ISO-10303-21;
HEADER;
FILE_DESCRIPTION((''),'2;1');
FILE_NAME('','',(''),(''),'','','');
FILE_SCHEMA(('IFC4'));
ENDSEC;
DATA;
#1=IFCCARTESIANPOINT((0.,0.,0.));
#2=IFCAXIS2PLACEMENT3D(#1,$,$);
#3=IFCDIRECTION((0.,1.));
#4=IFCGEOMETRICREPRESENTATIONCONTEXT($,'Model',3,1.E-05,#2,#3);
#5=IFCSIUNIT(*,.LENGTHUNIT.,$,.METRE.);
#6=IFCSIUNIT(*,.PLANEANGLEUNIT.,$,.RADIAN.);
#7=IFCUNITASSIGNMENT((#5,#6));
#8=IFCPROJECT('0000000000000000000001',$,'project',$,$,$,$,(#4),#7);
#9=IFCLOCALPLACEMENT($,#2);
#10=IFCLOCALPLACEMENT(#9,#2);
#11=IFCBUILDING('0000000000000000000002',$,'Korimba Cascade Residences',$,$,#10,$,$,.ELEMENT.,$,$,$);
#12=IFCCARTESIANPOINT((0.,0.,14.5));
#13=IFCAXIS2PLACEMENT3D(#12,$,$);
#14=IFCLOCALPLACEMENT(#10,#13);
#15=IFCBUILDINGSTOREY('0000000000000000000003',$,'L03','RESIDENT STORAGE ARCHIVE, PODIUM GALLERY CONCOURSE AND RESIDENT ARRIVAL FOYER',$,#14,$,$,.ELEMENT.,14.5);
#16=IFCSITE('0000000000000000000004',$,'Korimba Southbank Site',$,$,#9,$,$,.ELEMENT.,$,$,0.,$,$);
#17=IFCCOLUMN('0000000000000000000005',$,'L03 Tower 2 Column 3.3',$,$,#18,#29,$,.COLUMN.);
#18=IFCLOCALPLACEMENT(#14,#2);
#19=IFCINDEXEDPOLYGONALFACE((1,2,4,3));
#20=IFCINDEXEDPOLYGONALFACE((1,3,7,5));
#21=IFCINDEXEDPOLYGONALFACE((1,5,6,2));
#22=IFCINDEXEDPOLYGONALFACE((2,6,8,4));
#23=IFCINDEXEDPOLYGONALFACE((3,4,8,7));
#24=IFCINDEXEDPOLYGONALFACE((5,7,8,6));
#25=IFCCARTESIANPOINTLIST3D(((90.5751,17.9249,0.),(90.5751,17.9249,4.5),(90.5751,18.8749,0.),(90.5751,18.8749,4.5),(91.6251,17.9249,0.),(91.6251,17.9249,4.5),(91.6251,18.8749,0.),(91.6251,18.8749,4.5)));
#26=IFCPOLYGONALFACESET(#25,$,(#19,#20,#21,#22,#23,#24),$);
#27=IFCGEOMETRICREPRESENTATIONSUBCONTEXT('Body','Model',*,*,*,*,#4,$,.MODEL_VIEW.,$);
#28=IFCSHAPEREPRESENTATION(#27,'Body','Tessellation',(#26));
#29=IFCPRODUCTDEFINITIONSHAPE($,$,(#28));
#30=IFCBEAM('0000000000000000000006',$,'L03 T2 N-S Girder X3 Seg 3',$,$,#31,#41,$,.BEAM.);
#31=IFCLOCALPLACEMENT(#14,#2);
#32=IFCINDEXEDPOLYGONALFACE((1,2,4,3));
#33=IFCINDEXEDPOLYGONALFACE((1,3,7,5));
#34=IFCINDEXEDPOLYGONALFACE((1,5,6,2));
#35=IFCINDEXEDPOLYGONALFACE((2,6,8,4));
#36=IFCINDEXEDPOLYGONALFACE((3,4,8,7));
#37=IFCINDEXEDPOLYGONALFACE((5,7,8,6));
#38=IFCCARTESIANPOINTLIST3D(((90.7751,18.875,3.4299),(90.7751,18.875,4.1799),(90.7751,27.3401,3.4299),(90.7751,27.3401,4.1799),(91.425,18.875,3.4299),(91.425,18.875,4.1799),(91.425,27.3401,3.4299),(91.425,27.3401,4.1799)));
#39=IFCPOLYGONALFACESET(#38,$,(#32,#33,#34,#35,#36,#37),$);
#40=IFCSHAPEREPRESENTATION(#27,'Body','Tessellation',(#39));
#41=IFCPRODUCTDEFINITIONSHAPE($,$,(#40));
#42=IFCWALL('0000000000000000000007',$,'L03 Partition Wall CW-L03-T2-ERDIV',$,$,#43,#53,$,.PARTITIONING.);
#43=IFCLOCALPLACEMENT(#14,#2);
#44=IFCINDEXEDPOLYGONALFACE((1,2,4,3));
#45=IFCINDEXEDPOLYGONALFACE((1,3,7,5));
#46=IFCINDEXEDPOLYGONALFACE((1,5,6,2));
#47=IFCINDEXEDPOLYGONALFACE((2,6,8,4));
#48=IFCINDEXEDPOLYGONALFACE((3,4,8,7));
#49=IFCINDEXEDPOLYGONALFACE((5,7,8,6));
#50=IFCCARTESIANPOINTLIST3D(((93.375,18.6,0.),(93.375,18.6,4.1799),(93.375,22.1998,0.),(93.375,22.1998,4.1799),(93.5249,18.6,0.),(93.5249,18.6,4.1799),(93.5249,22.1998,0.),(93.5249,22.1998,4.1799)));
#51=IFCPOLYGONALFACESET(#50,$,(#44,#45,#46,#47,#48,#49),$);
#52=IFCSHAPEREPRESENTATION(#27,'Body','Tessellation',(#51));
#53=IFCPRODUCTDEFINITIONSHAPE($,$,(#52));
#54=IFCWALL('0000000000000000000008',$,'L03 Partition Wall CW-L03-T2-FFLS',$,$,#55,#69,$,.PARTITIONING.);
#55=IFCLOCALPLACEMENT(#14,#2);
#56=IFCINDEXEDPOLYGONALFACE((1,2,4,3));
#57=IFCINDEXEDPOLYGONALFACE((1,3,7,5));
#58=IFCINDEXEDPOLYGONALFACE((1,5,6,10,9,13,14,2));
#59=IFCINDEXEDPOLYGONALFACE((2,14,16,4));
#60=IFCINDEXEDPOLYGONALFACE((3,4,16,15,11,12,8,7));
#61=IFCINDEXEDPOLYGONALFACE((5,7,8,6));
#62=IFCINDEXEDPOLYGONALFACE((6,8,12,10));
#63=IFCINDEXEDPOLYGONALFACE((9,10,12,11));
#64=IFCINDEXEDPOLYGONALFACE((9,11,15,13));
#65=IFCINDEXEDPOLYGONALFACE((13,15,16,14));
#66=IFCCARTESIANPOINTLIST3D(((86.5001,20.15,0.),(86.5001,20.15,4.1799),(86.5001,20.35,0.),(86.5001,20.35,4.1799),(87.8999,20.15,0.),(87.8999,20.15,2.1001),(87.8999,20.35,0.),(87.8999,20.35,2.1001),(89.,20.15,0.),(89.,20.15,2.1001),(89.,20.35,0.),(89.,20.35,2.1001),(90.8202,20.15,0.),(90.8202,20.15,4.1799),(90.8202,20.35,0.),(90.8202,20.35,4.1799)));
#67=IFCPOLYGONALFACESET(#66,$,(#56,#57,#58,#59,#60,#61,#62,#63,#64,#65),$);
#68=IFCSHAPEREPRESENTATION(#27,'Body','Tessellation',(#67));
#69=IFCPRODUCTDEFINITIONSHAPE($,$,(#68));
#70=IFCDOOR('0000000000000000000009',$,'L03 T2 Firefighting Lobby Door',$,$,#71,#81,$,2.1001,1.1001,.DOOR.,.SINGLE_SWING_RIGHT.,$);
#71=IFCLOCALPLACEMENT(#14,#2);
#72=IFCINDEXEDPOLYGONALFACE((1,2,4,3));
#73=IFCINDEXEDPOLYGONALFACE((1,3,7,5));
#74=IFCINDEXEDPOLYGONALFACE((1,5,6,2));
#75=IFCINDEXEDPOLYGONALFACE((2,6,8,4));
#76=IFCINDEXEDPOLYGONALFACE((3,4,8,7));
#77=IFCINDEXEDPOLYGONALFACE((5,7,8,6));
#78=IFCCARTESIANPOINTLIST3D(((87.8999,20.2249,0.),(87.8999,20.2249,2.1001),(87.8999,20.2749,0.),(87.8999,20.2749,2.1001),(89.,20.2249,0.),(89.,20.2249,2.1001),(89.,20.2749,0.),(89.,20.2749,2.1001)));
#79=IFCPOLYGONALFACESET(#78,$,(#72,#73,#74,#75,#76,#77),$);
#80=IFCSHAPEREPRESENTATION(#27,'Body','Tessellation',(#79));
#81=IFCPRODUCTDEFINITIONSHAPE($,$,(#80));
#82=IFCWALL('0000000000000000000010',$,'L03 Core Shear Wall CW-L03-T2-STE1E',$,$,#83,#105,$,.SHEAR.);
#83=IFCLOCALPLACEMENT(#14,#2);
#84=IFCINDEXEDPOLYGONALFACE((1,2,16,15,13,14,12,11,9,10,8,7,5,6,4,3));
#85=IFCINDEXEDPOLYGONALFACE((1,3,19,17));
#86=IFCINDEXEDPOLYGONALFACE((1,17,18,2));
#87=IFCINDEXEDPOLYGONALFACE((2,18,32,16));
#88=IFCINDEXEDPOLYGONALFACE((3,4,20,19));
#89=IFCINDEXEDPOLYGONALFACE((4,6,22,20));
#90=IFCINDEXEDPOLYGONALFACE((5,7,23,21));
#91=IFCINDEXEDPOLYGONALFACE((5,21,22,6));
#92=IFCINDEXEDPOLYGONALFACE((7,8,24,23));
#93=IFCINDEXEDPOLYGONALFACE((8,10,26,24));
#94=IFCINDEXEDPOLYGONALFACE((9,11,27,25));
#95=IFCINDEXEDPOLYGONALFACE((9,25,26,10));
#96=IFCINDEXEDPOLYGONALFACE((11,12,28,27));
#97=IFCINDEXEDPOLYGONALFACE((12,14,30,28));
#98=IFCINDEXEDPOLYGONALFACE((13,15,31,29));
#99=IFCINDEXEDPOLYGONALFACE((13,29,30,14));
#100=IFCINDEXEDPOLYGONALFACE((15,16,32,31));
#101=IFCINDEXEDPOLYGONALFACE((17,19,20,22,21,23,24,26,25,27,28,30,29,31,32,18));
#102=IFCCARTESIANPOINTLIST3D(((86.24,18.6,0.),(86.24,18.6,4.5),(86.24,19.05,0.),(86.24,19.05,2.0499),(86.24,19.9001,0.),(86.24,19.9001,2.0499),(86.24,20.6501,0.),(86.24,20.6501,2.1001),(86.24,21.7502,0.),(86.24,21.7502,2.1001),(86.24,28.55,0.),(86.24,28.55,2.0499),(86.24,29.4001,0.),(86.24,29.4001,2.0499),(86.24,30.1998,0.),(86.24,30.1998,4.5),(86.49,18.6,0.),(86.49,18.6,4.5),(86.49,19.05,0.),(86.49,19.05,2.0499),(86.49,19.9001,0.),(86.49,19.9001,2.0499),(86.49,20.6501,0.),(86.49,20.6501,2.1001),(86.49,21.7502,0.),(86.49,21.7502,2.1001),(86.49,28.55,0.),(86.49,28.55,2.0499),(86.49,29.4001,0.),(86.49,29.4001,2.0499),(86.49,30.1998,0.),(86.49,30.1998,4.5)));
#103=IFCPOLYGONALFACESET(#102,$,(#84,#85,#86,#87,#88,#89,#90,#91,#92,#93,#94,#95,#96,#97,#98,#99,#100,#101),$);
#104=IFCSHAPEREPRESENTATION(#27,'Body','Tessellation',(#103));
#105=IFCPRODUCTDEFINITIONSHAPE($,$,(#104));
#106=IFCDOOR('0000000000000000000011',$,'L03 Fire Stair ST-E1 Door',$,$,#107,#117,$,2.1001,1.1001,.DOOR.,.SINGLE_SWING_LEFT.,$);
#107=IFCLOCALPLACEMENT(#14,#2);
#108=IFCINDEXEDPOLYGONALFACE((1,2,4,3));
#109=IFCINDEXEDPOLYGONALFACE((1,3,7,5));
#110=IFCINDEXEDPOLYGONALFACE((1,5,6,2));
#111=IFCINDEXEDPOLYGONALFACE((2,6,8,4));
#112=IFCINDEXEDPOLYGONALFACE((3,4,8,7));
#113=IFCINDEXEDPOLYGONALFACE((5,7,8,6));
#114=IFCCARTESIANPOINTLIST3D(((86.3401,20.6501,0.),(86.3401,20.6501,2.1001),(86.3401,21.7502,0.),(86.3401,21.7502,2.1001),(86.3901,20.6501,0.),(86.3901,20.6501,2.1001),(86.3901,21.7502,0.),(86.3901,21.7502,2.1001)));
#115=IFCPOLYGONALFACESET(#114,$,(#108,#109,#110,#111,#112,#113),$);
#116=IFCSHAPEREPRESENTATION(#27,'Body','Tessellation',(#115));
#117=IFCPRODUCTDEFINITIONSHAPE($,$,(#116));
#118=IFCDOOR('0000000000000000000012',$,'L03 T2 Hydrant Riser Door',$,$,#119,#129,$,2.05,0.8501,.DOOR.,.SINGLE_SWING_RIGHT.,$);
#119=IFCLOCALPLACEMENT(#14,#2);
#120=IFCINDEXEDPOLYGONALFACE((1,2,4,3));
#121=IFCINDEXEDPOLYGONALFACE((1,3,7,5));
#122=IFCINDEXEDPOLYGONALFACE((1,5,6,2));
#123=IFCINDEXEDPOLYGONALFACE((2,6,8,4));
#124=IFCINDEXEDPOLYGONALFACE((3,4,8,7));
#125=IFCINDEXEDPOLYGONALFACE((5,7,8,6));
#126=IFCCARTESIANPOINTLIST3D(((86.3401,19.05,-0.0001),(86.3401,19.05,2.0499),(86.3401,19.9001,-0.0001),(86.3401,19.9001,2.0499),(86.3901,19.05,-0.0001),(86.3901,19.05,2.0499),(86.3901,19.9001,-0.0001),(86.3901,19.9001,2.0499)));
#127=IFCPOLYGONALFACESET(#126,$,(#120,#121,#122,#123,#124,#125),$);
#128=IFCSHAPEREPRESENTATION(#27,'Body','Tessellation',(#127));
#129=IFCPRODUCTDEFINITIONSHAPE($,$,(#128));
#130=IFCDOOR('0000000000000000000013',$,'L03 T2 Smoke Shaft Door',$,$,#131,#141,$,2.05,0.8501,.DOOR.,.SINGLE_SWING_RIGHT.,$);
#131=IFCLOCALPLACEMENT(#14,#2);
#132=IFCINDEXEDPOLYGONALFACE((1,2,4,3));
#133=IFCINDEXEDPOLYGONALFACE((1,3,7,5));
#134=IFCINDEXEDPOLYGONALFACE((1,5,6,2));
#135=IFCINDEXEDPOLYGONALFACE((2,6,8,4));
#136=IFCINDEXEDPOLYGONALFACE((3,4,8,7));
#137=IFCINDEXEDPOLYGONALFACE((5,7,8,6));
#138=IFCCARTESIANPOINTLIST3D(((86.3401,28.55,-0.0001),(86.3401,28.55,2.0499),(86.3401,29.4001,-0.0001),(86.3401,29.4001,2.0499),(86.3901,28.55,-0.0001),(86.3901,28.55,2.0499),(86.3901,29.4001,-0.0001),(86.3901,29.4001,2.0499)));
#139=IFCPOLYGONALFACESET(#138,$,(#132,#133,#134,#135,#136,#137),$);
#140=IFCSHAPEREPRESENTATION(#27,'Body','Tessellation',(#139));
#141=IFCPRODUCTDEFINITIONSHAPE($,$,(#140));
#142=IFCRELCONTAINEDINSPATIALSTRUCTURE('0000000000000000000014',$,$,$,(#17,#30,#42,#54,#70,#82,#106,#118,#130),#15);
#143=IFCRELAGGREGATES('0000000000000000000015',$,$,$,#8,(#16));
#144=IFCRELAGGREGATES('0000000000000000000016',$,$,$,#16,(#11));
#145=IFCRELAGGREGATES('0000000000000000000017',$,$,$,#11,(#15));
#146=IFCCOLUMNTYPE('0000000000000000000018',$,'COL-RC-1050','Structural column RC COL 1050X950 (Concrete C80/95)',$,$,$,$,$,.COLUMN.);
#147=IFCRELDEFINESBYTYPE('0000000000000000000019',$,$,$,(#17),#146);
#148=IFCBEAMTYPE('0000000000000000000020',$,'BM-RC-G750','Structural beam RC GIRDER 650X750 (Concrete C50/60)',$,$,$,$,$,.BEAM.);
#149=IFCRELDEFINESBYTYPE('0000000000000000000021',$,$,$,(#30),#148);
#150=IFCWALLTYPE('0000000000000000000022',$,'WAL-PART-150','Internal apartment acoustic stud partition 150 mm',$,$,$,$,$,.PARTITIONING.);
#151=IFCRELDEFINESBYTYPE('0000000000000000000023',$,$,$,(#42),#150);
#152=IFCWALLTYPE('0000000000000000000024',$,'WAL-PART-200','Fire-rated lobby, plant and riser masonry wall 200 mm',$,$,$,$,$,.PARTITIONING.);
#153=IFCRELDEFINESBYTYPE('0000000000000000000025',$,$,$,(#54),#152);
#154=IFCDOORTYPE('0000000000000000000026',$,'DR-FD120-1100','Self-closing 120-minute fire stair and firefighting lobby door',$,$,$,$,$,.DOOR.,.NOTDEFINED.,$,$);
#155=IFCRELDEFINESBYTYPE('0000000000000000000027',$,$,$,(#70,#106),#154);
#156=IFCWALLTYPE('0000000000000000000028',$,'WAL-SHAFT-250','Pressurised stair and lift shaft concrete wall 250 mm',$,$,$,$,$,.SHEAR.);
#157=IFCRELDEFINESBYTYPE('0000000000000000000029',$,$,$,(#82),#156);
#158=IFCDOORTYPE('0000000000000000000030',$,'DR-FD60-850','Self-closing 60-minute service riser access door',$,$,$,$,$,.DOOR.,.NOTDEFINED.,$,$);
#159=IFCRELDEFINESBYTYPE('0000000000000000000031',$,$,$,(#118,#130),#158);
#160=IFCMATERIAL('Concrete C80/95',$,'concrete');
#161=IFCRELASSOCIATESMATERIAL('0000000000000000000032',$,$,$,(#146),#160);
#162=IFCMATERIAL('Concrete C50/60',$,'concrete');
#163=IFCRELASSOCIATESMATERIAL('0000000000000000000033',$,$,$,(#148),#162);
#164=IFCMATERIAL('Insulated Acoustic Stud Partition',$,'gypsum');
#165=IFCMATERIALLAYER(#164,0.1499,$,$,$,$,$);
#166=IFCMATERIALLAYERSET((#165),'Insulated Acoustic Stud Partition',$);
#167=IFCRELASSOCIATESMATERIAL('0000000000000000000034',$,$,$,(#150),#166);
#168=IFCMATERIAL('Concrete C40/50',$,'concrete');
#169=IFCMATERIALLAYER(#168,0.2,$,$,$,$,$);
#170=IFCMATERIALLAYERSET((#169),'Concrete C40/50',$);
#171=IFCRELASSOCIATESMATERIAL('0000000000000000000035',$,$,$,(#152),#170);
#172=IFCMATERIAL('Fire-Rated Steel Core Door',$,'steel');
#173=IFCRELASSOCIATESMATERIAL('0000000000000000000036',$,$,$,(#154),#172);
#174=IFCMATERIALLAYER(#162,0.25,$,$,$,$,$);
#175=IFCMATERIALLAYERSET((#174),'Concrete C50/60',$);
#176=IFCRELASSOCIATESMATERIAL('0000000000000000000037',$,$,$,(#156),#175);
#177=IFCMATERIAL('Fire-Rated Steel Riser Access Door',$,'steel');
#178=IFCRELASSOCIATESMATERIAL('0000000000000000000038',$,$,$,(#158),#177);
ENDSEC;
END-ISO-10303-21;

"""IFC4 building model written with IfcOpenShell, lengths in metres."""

from ifc_helpers import new_model, si_unit, direction, frame, frame_2d, origin, origin_2d, place, context, subcontext, project, spatial, rectangle, extrude, material, layer, layer_set, material_profile, profile_set, type_object, element, fill, save


model = new_model("IFC4")

# Units and contexts
model_context = context("Model", 3, precision=1e-05, world=origin(), true_north=direction((0.0, 1.0)))
body_context = subcontext(model_context, "Body", "Model", "MODEL_VIEW")
ifc_project = project(units=[si_unit("LENGTHUNIT", "METRE"), si_unit("PLANEANGLEUNIT", "RADIAN")], contexts=[model_context])

# Site, building, storey
site_placement = place(None, origin())
site = spatial("IfcSite", under=ifc_project, at=site_placement, Name="Korimba Southbank Site", CompositionType="ELEMENT", RefElevation=0.0)
building_placement = place(site_placement, origin())
building = spatial("IfcBuilding", under=site, at=building_placement, Name="Korimba Cascade Residences", CompositionType="ELEMENT")
storey_placement = place(building_placement, frame((0.0, 0.0, 14.5)))
storey = spatial("IfcBuildingStorey", under=building, at=storey_placement, Name="L03", Description="RESIDENT STORAGE ARCHIVE, PODIUM GALLERY CONCOURSE AND RESIDENT ARRIVAL FOYER", CompositionType="ELEMENT", Elevation=14.5)

# Column
ifc_material_1 = material(Name="Concrete C80/95", Category="concrete")
ifc_material_profile_1 = material_profile(ifc_material_1, rectangle(XDim=1.05, YDim=0.95, at=origin_2d()), Name="Concrete C80/95")
ifc_profile_set_1 = profile_set([ifc_material_profile_1], Name="Concrete C80/95")
column_type = type_object("IfcColumnType", Name="COL-RC-1050", Description="Structural column RC COL 1050X950 (Concrete C80/95)", PredefinedType="COLUMN", material=ifc_profile_set_1)
column_placement = place(storey_placement, frame((91.1001, 18.3999, 0.0), z_axis=(0.0, 0.0, 1.0), x_axis=(1.0, 0.0, 0.0)))
element("IfcColumn", 1, at=column_placement, inside=storey, type_object=column_type, Name="L03 Tower 2 Column 3.3", PredefinedType="COLUMN", context=body_context, shape_type="SweptSolid", body=[
    extrude(rectangle(XDim=1.05, YDim=0.95, at=origin_2d()), origin(), (0.0, 0.0, 1.0), 4.5),
])

# Beam
ifc_material_2 = material(Name="Concrete C50/60", Category="concrete")
ifc_material_profile_2 = material_profile(ifc_material_2, rectangle(XDim=0.6499, YDim=0.75, at=origin_2d()), Name="Concrete C50/60")
ifc_profile_set_2 = profile_set([ifc_material_profile_2], Name="Concrete C50/60")
beam_type = type_object("IfcBeamType", Name="BM-RC-G750", Description="Structural beam RC GIRDER 650X750 (Concrete C50/60)", PredefinedType="BEAM", material=ifc_profile_set_2)
beam_placement = place(storey_placement, frame((91.1001, 18.875, 3.8049), z_axis=(0.0, 1.0, 0.0), x_axis=(-1.0, 0.0, 0.0)))
element("IfcBeam", 2, at=beam_placement, inside=storey, type_object=beam_type, Name="L03 T2 N-S Girder X3 Seg 3", PredefinedType="BEAM", context=body_context, shape_type="SweptSolid", body=[
    extrude(rectangle(XDim=0.6499, YDim=0.75, at=origin_2d()), origin(), (0.0, 0.0, 1.0), 8.4651),
])

# Wall
ifc_material_3 = material(Name="Insulated Acoustic Stud Partition", Category="gypsum")
ifc_layer_1 = layer(ifc_material_3, 0.1499)
ifc_layer_set_1 = layer_set([ifc_layer_1], Name="Insulated Acoustic Stud Partition")
wall_type_1 = type_object("IfcWallType", Name="WAL-PART-150", Description="Internal apartment acoustic stud partition 150 mm", PredefinedType="PARTITIONING", material=ifc_layer_set_1)
wall_1_placement = place(storey_placement, frame((93.45, 18.6001, 0.0), z_axis=(0.0, 0.0, 1.0), x_axis=(0.0, 1.0, 0.0)))
element("IfcWall", 3, at=wall_1_placement, inside=storey, type_object=wall_type_1, Name="L03 Partition Wall CW-L03-T2-ERDIV", PredefinedType="PARTITIONING", context=body_context, shape_type="SweptSolid", body=[
    extrude(rectangle(XDim=3.5999, YDim=0.1499, at=frame_2d((1.7998, 0.0))), origin(), (0.0, 0.0, 1.0), 4.1799),
])

# Wall, opening, door
ifc_material_4 = material(Name="Concrete C40/50", Category="concrete")
ifc_layer_2 = layer(ifc_material_4, 0.2)
ifc_layer_set_2 = layer_set([ifc_layer_2], Name="Concrete C40/50")
wall_type_2 = type_object("IfcWallType", Name="WAL-PART-200", Description="Fire-rated lobby, plant and riser masonry wall 200 mm", PredefinedType="PARTITIONING", material=ifc_layer_set_2)
wall_2_placement = place(storey_placement, frame((86.5, 20.25, 0.0), z_axis=(0.0, 0.0, 1.0), x_axis=(1.0, 0.0, 0.0)))
wall_2 = element("IfcWall", 4, at=wall_2_placement, inside=storey, type_object=wall_type_2, Name="L03 Partition Wall CW-L03-T2-FFLS", PredefinedType="PARTITIONING", context=body_context, shape_type="SweptSolid", body=[
    extrude(rectangle(XDim=4.3201, YDim=0.2, at=frame_2d((2.1602, 0.0))), origin(), (0.0, 0.0, 1.0), 4.1799),
])
opening_1_placement = place(wall_2_placement, frame((1.3999, 0.0, 0.0)))
opening_1 = element("IfcOpeningElement", 5, at=opening_1_placement, cuts=wall_2, PredefinedType="OPENING", context=body_context, shape_type="SweptSolid", body=[
    extrude(rectangle(XDim=1.1001, YDim=2.1001, at=frame_2d((0.55, 1.05))), frame((0.0, 0.1099, 0.0), z_axis=(0.0, -1.0, 0.0), x_axis=(1.0, 0.0, 0.0)), (0.0, 0.0, 1.0), 0.22),
])
ifc_material_5 = material(Name="Fire-Rated Steel Core Door", Category="steel")
door_type_1 = type_object("IfcDoorType", Name="DR-FD120-1100", Description="Self-closing 120-minute fire stair and firefighting lobby door", OperationType="NOTDEFINED", PredefinedType="DOOR", material=ifc_material_5)
door_1_placement = place(opening_1_placement, origin())
door_1 = element("IfcDoor", 6, at=door_1_placement, inside=storey, type_object=door_type_1, Name="L03 T2 Firefighting Lobby Door", OperationType="SINGLE_SWING_RIGHT", OverallHeight=2.1001, OverallWidth=1.1001, PredefinedType="DOOR", context=body_context, shape_type="SweptSolid", body=[
    extrude(rectangle(XDim=1.1001, YDim=2.1001, at=frame_2d((0.55, 1.05))), frame((0.0, 0.0249, 0.0), z_axis=(0.0, -1.0, 0.0), x_axis=(1.0, 0.0, 0.0)), (0.0, 0.0, 1.0), 0.05),
])
fill(opening_1, door_1)

# Wall, openings, doors
ifc_layer_3 = layer(ifc_material_2, 0.25)
ifc_layer_set_3 = layer_set([ifc_layer_3], Name="Concrete C50/60")
wall_type_3 = type_object("IfcWallType", Name="WAL-SHAFT-250", Description="Pressurised stair and lift shaft concrete wall 250 mm", PredefinedType="SHEAR", material=ifc_layer_set_3)
wall_3_placement = place(storey_placement, frame((86.365, 18.6001, 0.0), z_axis=(0.0, 0.0, 1.0), x_axis=(0.0, 1.0, 0.0)))
wall_3 = element("IfcWall", 7, at=wall_3_placement, inside=storey, type_object=wall_type_3, Name="L03 Core Shear Wall CW-L03-T2-STE1E", PredefinedType="SHEAR", context=body_context, shape_type="SweptSolid", body=[
    extrude(rectangle(XDim=11.5999, YDim=0.25, at=frame_2d((5.7998, 0.0))), origin(), (0.0, 0.0, 1.0), 4.5),
])
opening_2_placement = place(wall_3_placement, frame((0.45, 0.0, 0.0)))
opening_2 = element("IfcOpeningElement", 8, at=opening_2_placement, cuts=wall_3, PredefinedType="OPENING", context=body_context, shape_type="SweptSolid", body=[
    extrude(rectangle(XDim=0.8501, YDim=2.05, at=frame_2d((0.425, 1.0249))), frame((0.0, 0.135, 0.0), z_axis=(0.0, -1.0, 0.0), x_axis=(1.0, 0.0, 0.0)), (0.0, 0.0, 1.0), 0.27),
])
opening_3_placement = place(wall_3_placement, frame((2.05, 0.0, 0.0)))
opening_3 = element("IfcOpeningElement", 9, at=opening_3_placement, cuts=wall_3, PredefinedType="OPENING", context=body_context, shape_type="SweptSolid", body=[
    extrude(rectangle(XDim=1.1001, YDim=2.1001, at=frame_2d((0.55, 1.05))), frame((0.0, 0.135, 0.0), z_axis=(0.0, -1.0, 0.0), x_axis=(1.0, 0.0, 0.0)), (0.0, 0.0, 1.0), 0.27),
])
opening_4_placement = place(wall_3_placement, frame((9.95, 0.0, 0.0)))
opening_4 = element("IfcOpeningElement", 10, at=opening_4_placement, cuts=wall_3, PredefinedType="OPENING", context=body_context, shape_type="SweptSolid", body=[
    extrude(rectangle(XDim=0.8501, YDim=2.05, at=frame_2d((0.425, 1.0249))), frame((0.0, 0.135, 0.0), z_axis=(0.0, -1.0, 0.0), x_axis=(1.0, 0.0, 0.0)), (0.0, 0.0, 1.0), 0.27),
])
door_2_placement = place(opening_3_placement, origin())
door_2 = element("IfcDoor", 11, at=door_2_placement, inside=storey, type_object=door_type_1, Name="L03 Fire Stair ST-E1 Door", OperationType="SINGLE_SWING_LEFT", OverallHeight=2.1001, OverallWidth=1.1001, PredefinedType="DOOR", context=body_context, shape_type="SweptSolid", body=[
    extrude(rectangle(XDim=1.1001, YDim=2.1001, at=frame_2d((0.55, 1.05))), frame((0.0, 0.0249, 0.0), z_axis=(0.0, -1.0, 0.0), x_axis=(1.0, 0.0, 0.0)), (0.0, 0.0, 1.0), 0.05),
])
fill(opening_3, door_2)
ifc_material_6 = material(Name="Fire-Rated Steel Riser Access Door", Category="steel")
door_type_2 = type_object("IfcDoorType", Name="DR-FD60-850", Description="Self-closing 60-minute service riser access door", OperationType="NOTDEFINED", PredefinedType="DOOR", material=ifc_material_6)
door_3_placement = place(opening_2_placement, origin())
door_3 = element("IfcDoor", 12, at=door_3_placement, inside=storey, type_object=door_type_2, Name="L03 T2 Hydrant Riser Door", OperationType="SINGLE_SWING_RIGHT", OverallHeight=2.05, OverallWidth=0.8501, PredefinedType="DOOR", context=body_context, shape_type="SweptSolid", body=[
    extrude(rectangle(XDim=0.8501, YDim=2.05, at=frame_2d((0.425, 1.0249))), frame((0.0, 0.0249, 0.0), z_axis=(0.0, -1.0, 0.0), x_axis=(1.0, 0.0, 0.0)), (0.0, 0.0, 1.0), 0.05),
])
fill(opening_2, door_3)
door_4_placement = place(opening_4_placement, origin())
door_4 = element("IfcDoor", 13, at=door_4_placement, inside=storey, type_object=door_type_2, Name="L03 T2 Smoke Shaft Door", OperationType="SINGLE_SWING_RIGHT", OverallHeight=2.05, OverallWidth=0.8501, PredefinedType="DOOR", context=body_context, shape_type="SweptSolid", body=[
    extrude(rectangle(XDim=0.8501, YDim=2.05, at=frame_2d((0.425, 1.0249))), frame((0.0, 0.0249, 0.0), z_axis=(0.0, -1.0, 0.0), x_axis=(1.0, 0.0, 0.0)), (0.0, 0.0, 1.0), 0.05),
])
fill(opening_4, door_4)

save(model, "model.ifc")
